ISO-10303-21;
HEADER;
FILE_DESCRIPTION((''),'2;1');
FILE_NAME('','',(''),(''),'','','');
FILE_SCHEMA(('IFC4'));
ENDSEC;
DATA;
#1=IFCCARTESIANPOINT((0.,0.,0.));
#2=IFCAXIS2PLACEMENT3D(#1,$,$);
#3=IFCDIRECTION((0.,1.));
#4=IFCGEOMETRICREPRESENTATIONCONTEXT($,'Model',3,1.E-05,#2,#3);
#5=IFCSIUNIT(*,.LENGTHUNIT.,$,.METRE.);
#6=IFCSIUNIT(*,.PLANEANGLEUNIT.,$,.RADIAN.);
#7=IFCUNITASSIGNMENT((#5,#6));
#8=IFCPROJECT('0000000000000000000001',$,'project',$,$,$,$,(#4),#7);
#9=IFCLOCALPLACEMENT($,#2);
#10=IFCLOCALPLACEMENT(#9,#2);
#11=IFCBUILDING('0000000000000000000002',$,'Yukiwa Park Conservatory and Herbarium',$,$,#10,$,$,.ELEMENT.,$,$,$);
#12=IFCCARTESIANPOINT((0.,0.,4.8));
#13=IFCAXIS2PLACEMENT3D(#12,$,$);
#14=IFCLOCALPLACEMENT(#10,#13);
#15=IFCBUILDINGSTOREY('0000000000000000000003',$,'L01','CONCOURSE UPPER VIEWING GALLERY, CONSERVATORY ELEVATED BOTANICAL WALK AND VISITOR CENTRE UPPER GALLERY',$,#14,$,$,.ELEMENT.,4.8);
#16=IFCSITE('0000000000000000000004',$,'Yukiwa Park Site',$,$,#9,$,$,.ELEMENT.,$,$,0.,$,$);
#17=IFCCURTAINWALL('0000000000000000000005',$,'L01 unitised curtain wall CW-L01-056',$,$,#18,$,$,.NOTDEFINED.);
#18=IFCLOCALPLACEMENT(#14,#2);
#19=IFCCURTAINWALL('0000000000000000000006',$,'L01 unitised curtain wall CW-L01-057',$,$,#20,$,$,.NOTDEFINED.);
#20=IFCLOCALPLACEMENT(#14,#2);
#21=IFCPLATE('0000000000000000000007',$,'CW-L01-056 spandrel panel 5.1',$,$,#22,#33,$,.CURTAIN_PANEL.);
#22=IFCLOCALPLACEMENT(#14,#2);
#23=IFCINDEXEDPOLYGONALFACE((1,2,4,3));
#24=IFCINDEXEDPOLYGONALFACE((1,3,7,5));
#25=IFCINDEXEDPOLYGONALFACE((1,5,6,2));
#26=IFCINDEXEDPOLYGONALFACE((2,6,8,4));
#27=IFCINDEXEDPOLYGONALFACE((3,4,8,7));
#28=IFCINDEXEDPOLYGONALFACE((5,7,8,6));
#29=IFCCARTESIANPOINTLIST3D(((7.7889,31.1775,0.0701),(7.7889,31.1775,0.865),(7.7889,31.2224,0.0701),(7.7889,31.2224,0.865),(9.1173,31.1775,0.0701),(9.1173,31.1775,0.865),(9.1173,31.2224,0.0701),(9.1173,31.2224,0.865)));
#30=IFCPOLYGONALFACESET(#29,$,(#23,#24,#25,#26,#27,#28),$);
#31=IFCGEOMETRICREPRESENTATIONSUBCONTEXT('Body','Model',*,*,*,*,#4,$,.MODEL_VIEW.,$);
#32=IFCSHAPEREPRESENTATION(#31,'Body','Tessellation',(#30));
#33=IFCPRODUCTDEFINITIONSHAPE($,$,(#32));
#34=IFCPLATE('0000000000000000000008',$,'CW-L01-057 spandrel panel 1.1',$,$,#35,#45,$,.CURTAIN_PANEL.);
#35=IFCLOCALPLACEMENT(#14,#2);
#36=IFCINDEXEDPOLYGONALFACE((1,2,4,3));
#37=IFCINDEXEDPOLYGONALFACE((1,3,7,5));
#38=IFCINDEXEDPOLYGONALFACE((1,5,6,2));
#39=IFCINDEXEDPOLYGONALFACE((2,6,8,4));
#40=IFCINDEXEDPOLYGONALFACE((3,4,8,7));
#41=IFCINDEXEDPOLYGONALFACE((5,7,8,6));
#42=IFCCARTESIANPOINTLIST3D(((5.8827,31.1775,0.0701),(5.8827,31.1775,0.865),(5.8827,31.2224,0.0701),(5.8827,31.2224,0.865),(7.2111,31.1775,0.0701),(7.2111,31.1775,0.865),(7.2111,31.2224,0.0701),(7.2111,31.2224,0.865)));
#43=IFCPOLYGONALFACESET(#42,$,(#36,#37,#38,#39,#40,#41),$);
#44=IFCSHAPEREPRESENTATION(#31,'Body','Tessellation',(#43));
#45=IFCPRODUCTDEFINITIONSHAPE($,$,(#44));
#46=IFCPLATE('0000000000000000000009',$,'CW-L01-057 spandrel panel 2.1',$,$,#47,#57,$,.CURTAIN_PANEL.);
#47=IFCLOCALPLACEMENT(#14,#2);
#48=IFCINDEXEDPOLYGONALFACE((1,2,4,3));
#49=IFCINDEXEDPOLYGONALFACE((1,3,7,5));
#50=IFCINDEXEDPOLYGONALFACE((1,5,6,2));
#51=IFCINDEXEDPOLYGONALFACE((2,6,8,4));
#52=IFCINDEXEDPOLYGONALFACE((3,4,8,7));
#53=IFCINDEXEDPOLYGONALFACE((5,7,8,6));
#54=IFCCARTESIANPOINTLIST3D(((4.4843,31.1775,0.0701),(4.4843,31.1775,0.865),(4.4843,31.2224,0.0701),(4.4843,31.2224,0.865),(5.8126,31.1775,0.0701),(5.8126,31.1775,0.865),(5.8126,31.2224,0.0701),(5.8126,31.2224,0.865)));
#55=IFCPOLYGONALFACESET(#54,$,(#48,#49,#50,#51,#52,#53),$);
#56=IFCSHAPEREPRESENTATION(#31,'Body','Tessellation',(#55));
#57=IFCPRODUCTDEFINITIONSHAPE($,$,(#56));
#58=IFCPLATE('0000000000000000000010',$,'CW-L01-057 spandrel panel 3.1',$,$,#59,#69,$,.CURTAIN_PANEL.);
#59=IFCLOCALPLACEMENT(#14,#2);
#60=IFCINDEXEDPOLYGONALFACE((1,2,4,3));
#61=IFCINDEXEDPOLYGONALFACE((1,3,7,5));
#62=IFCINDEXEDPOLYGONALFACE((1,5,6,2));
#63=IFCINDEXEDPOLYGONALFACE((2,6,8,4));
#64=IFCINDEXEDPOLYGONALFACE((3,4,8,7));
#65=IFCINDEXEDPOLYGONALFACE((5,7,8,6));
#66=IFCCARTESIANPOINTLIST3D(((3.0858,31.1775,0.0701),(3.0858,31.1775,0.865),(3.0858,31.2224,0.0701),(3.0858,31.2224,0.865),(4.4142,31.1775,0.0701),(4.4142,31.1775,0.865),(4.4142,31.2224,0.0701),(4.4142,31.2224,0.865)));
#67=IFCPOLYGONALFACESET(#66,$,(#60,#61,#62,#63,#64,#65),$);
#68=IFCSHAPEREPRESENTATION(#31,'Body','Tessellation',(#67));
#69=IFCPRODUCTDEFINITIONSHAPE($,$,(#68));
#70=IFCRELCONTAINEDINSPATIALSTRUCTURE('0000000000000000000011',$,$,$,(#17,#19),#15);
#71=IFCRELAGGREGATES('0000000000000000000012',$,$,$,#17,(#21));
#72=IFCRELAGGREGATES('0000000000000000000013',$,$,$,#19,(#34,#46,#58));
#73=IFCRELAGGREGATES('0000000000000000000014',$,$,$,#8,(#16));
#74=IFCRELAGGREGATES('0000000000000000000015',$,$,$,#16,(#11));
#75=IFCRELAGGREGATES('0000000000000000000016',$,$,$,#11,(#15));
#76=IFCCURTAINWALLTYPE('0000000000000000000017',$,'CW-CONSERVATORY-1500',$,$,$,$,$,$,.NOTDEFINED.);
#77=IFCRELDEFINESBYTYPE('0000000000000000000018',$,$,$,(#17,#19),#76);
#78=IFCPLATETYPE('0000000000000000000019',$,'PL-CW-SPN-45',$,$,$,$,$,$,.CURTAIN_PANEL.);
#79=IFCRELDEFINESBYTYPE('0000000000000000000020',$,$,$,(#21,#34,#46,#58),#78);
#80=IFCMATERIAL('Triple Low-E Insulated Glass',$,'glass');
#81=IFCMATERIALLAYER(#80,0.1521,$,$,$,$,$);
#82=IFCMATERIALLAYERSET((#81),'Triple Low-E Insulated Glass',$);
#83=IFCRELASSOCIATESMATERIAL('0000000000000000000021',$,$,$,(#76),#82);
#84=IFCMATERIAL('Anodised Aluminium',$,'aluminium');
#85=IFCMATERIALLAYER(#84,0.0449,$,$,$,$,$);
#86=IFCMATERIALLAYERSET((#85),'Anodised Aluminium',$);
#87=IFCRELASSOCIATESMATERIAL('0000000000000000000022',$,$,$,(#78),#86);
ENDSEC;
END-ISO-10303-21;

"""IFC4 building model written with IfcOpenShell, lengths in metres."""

from ifc_helpers import new_model, si_unit, direction, frame, origin, origin_2d, place, context, subcontext, project, spatial, rectangle, extrude, material, layer, layer_set, type_object, element, aggregate, save


model = new_model("IFC4")

# Units and contexts
model_context = context("Model", 3, precision=1e-05, world=origin(), true_north=direction((0.0, 1.0)))
body_context = subcontext(model_context, "Body", "Model", "MODEL_VIEW")
ifc_project = project(units=[si_unit("LENGTHUNIT", "METRE"), si_unit("PLANEANGLEUNIT", "RADIAN")], contexts=[model_context])

# Site, building, storey
site_placement = place(None, origin())
site = spatial("IfcSite", under=ifc_project, at=site_placement, Name="Yukiwa Park Site", CompositionType="ELEMENT", RefElevation=0.0)
building_placement = place(site_placement, origin())
building = spatial("IfcBuilding", under=site, at=building_placement, Name="Yukiwa Park Conservatory and Herbarium", CompositionType="ELEMENT")
storey_placement = place(building_placement, frame((0.0, 0.0, 4.8)))
storey = spatial("IfcBuildingStorey", under=building, at=storey_placement, Name="L01", Description="CONCOURSE UPPER VIEWING GALLERY, CONSERVATORY ELEVATED BOTANICAL WALK AND VISITOR CENTRE UPPER GALLERY", CompositionType="ELEMENT", Elevation=4.8)

# Curtain wall
ifc_material_1 = material(Name="Triple Low-E Insulated Glass", Category="glass")
ifc_layer_1 = layer(ifc_material_1, 0.1521)
ifc_layer_set_1 = layer_set([ifc_layer_1], Name="Triple Low-E Insulated Glass")
curtain_wall_type = type_object("IfcCurtainWallType", Name="CW-CONSERVATORY-1500", PredefinedType="NOTDEFINED", material=ifc_layer_set_1)
curtain_wall_1_placement = place(storey_placement, origin())
curtain_wall_1 = element("IfcCurtainWall", 1, at=curtain_wall_1_placement, inside=storey, type_object=curtain_wall_type, Name="L01 unitised curtain wall CW-L01-056", PredefinedType="NOTDEFINED")

# Curtain wall
curtain_wall_2_placement = place(storey_placement, origin())
curtain_wall_2 = element("IfcCurtainWall", 2, at=curtain_wall_2_placement, inside=storey, type_object=curtain_wall_type, Name="L01 unitised curtain wall CW-L01-057", PredefinedType="NOTDEFINED")

# Plates
ifc_material_2 = material(Name="Anodised Aluminium", Category="aluminium")
ifc_layer_2 = layer(ifc_material_2, 0.0449)
ifc_layer_set_2 = layer_set([ifc_layer_2], Name="Anodised Aluminium")
plate_type_1 = type_object("IfcPlateType", Name="PL-CW-SPN-45", PredefinedType="CURTAIN_PANEL", material=ifc_layer_set_2)
plate_1_placement = place(storey_placement, frame((8.4531, 31.2, 0.0701), z_axis=(0.0, 0.0, 1.0), x_axis=(-1.0, 0.0, 0.0)))
plate_1 = element("IfcPlate", 3, at=plate_1_placement, type_object=plate_type_1, Name="CW-L01-056 spandrel panel 5.1", PredefinedType="CURTAIN_PANEL", context=body_context, shape_type="SweptSolid", body=[
    extrude(rectangle(XDim=1.3284, YDim=0.0449, at=origin_2d()), origin(), (0.0, 0.0, 1.0), 0.7949),
])
aggregate(curtain_wall_1, [plate_1])
plate_2_placement = place(storey_placement, frame((6.5469, 31.2, 0.0701), z_axis=(0.0, 0.0, 1.0), x_axis=(-1.0, 0.0, 0.0)))
plate_2 = element("IfcPlate", 4, at=plate_2_placement, type_object=plate_type_1, Name="CW-L01-057 spandrel panel 1.1", PredefinedType="CURTAIN_PANEL", context=body_context, shape_type="SweptSolid", body=[
    extrude(rectangle(XDim=1.3284, YDim=0.0449, at=origin_2d()), origin(), (0.0, 0.0, 1.0), 0.7949),
])
plate_3_placement = place(storey_placement, frame((5.1484, 31.2, 0.0701), z_axis=(0.0, 0.0, 1.0), x_axis=(-1.0, 0.0, 0.0)))
plate_3 = element("IfcPlate", 5, at=plate_3_placement, type_object=plate_type_1, Name="CW-L01-057 spandrel panel 2.1", PredefinedType="CURTAIN_PANEL", context=body_context, shape_type="SweptSolid", body=[
    extrude(rectangle(XDim=1.3284, YDim=0.0449, at=origin_2d()), origin(), (0.0, 0.0, 1.0), 0.7949),
])
plate_4_placement = place(storey_placement, frame((3.75, 31.2, 0.0701), z_axis=(0.0, 0.0, 1.0), x_axis=(-1.0, 0.0, 0.0)))
plate_4 = element("IfcPlate", 6, at=plate_4_placement, type_object=plate_type_1, Name="CW-L01-057 spandrel panel 3.1", PredefinedType="CURTAIN_PANEL", context=body_context, shape_type="SweptSolid", body=[
    extrude(rectangle(XDim=1.3284, YDim=0.0449, at=origin_2d()), origin(), (0.0, 0.0, 1.0), 0.7949),
])
aggregate(curtain_wall_2, [plate_2, plate_3, plate_4])

save(model, "model.ifc")
